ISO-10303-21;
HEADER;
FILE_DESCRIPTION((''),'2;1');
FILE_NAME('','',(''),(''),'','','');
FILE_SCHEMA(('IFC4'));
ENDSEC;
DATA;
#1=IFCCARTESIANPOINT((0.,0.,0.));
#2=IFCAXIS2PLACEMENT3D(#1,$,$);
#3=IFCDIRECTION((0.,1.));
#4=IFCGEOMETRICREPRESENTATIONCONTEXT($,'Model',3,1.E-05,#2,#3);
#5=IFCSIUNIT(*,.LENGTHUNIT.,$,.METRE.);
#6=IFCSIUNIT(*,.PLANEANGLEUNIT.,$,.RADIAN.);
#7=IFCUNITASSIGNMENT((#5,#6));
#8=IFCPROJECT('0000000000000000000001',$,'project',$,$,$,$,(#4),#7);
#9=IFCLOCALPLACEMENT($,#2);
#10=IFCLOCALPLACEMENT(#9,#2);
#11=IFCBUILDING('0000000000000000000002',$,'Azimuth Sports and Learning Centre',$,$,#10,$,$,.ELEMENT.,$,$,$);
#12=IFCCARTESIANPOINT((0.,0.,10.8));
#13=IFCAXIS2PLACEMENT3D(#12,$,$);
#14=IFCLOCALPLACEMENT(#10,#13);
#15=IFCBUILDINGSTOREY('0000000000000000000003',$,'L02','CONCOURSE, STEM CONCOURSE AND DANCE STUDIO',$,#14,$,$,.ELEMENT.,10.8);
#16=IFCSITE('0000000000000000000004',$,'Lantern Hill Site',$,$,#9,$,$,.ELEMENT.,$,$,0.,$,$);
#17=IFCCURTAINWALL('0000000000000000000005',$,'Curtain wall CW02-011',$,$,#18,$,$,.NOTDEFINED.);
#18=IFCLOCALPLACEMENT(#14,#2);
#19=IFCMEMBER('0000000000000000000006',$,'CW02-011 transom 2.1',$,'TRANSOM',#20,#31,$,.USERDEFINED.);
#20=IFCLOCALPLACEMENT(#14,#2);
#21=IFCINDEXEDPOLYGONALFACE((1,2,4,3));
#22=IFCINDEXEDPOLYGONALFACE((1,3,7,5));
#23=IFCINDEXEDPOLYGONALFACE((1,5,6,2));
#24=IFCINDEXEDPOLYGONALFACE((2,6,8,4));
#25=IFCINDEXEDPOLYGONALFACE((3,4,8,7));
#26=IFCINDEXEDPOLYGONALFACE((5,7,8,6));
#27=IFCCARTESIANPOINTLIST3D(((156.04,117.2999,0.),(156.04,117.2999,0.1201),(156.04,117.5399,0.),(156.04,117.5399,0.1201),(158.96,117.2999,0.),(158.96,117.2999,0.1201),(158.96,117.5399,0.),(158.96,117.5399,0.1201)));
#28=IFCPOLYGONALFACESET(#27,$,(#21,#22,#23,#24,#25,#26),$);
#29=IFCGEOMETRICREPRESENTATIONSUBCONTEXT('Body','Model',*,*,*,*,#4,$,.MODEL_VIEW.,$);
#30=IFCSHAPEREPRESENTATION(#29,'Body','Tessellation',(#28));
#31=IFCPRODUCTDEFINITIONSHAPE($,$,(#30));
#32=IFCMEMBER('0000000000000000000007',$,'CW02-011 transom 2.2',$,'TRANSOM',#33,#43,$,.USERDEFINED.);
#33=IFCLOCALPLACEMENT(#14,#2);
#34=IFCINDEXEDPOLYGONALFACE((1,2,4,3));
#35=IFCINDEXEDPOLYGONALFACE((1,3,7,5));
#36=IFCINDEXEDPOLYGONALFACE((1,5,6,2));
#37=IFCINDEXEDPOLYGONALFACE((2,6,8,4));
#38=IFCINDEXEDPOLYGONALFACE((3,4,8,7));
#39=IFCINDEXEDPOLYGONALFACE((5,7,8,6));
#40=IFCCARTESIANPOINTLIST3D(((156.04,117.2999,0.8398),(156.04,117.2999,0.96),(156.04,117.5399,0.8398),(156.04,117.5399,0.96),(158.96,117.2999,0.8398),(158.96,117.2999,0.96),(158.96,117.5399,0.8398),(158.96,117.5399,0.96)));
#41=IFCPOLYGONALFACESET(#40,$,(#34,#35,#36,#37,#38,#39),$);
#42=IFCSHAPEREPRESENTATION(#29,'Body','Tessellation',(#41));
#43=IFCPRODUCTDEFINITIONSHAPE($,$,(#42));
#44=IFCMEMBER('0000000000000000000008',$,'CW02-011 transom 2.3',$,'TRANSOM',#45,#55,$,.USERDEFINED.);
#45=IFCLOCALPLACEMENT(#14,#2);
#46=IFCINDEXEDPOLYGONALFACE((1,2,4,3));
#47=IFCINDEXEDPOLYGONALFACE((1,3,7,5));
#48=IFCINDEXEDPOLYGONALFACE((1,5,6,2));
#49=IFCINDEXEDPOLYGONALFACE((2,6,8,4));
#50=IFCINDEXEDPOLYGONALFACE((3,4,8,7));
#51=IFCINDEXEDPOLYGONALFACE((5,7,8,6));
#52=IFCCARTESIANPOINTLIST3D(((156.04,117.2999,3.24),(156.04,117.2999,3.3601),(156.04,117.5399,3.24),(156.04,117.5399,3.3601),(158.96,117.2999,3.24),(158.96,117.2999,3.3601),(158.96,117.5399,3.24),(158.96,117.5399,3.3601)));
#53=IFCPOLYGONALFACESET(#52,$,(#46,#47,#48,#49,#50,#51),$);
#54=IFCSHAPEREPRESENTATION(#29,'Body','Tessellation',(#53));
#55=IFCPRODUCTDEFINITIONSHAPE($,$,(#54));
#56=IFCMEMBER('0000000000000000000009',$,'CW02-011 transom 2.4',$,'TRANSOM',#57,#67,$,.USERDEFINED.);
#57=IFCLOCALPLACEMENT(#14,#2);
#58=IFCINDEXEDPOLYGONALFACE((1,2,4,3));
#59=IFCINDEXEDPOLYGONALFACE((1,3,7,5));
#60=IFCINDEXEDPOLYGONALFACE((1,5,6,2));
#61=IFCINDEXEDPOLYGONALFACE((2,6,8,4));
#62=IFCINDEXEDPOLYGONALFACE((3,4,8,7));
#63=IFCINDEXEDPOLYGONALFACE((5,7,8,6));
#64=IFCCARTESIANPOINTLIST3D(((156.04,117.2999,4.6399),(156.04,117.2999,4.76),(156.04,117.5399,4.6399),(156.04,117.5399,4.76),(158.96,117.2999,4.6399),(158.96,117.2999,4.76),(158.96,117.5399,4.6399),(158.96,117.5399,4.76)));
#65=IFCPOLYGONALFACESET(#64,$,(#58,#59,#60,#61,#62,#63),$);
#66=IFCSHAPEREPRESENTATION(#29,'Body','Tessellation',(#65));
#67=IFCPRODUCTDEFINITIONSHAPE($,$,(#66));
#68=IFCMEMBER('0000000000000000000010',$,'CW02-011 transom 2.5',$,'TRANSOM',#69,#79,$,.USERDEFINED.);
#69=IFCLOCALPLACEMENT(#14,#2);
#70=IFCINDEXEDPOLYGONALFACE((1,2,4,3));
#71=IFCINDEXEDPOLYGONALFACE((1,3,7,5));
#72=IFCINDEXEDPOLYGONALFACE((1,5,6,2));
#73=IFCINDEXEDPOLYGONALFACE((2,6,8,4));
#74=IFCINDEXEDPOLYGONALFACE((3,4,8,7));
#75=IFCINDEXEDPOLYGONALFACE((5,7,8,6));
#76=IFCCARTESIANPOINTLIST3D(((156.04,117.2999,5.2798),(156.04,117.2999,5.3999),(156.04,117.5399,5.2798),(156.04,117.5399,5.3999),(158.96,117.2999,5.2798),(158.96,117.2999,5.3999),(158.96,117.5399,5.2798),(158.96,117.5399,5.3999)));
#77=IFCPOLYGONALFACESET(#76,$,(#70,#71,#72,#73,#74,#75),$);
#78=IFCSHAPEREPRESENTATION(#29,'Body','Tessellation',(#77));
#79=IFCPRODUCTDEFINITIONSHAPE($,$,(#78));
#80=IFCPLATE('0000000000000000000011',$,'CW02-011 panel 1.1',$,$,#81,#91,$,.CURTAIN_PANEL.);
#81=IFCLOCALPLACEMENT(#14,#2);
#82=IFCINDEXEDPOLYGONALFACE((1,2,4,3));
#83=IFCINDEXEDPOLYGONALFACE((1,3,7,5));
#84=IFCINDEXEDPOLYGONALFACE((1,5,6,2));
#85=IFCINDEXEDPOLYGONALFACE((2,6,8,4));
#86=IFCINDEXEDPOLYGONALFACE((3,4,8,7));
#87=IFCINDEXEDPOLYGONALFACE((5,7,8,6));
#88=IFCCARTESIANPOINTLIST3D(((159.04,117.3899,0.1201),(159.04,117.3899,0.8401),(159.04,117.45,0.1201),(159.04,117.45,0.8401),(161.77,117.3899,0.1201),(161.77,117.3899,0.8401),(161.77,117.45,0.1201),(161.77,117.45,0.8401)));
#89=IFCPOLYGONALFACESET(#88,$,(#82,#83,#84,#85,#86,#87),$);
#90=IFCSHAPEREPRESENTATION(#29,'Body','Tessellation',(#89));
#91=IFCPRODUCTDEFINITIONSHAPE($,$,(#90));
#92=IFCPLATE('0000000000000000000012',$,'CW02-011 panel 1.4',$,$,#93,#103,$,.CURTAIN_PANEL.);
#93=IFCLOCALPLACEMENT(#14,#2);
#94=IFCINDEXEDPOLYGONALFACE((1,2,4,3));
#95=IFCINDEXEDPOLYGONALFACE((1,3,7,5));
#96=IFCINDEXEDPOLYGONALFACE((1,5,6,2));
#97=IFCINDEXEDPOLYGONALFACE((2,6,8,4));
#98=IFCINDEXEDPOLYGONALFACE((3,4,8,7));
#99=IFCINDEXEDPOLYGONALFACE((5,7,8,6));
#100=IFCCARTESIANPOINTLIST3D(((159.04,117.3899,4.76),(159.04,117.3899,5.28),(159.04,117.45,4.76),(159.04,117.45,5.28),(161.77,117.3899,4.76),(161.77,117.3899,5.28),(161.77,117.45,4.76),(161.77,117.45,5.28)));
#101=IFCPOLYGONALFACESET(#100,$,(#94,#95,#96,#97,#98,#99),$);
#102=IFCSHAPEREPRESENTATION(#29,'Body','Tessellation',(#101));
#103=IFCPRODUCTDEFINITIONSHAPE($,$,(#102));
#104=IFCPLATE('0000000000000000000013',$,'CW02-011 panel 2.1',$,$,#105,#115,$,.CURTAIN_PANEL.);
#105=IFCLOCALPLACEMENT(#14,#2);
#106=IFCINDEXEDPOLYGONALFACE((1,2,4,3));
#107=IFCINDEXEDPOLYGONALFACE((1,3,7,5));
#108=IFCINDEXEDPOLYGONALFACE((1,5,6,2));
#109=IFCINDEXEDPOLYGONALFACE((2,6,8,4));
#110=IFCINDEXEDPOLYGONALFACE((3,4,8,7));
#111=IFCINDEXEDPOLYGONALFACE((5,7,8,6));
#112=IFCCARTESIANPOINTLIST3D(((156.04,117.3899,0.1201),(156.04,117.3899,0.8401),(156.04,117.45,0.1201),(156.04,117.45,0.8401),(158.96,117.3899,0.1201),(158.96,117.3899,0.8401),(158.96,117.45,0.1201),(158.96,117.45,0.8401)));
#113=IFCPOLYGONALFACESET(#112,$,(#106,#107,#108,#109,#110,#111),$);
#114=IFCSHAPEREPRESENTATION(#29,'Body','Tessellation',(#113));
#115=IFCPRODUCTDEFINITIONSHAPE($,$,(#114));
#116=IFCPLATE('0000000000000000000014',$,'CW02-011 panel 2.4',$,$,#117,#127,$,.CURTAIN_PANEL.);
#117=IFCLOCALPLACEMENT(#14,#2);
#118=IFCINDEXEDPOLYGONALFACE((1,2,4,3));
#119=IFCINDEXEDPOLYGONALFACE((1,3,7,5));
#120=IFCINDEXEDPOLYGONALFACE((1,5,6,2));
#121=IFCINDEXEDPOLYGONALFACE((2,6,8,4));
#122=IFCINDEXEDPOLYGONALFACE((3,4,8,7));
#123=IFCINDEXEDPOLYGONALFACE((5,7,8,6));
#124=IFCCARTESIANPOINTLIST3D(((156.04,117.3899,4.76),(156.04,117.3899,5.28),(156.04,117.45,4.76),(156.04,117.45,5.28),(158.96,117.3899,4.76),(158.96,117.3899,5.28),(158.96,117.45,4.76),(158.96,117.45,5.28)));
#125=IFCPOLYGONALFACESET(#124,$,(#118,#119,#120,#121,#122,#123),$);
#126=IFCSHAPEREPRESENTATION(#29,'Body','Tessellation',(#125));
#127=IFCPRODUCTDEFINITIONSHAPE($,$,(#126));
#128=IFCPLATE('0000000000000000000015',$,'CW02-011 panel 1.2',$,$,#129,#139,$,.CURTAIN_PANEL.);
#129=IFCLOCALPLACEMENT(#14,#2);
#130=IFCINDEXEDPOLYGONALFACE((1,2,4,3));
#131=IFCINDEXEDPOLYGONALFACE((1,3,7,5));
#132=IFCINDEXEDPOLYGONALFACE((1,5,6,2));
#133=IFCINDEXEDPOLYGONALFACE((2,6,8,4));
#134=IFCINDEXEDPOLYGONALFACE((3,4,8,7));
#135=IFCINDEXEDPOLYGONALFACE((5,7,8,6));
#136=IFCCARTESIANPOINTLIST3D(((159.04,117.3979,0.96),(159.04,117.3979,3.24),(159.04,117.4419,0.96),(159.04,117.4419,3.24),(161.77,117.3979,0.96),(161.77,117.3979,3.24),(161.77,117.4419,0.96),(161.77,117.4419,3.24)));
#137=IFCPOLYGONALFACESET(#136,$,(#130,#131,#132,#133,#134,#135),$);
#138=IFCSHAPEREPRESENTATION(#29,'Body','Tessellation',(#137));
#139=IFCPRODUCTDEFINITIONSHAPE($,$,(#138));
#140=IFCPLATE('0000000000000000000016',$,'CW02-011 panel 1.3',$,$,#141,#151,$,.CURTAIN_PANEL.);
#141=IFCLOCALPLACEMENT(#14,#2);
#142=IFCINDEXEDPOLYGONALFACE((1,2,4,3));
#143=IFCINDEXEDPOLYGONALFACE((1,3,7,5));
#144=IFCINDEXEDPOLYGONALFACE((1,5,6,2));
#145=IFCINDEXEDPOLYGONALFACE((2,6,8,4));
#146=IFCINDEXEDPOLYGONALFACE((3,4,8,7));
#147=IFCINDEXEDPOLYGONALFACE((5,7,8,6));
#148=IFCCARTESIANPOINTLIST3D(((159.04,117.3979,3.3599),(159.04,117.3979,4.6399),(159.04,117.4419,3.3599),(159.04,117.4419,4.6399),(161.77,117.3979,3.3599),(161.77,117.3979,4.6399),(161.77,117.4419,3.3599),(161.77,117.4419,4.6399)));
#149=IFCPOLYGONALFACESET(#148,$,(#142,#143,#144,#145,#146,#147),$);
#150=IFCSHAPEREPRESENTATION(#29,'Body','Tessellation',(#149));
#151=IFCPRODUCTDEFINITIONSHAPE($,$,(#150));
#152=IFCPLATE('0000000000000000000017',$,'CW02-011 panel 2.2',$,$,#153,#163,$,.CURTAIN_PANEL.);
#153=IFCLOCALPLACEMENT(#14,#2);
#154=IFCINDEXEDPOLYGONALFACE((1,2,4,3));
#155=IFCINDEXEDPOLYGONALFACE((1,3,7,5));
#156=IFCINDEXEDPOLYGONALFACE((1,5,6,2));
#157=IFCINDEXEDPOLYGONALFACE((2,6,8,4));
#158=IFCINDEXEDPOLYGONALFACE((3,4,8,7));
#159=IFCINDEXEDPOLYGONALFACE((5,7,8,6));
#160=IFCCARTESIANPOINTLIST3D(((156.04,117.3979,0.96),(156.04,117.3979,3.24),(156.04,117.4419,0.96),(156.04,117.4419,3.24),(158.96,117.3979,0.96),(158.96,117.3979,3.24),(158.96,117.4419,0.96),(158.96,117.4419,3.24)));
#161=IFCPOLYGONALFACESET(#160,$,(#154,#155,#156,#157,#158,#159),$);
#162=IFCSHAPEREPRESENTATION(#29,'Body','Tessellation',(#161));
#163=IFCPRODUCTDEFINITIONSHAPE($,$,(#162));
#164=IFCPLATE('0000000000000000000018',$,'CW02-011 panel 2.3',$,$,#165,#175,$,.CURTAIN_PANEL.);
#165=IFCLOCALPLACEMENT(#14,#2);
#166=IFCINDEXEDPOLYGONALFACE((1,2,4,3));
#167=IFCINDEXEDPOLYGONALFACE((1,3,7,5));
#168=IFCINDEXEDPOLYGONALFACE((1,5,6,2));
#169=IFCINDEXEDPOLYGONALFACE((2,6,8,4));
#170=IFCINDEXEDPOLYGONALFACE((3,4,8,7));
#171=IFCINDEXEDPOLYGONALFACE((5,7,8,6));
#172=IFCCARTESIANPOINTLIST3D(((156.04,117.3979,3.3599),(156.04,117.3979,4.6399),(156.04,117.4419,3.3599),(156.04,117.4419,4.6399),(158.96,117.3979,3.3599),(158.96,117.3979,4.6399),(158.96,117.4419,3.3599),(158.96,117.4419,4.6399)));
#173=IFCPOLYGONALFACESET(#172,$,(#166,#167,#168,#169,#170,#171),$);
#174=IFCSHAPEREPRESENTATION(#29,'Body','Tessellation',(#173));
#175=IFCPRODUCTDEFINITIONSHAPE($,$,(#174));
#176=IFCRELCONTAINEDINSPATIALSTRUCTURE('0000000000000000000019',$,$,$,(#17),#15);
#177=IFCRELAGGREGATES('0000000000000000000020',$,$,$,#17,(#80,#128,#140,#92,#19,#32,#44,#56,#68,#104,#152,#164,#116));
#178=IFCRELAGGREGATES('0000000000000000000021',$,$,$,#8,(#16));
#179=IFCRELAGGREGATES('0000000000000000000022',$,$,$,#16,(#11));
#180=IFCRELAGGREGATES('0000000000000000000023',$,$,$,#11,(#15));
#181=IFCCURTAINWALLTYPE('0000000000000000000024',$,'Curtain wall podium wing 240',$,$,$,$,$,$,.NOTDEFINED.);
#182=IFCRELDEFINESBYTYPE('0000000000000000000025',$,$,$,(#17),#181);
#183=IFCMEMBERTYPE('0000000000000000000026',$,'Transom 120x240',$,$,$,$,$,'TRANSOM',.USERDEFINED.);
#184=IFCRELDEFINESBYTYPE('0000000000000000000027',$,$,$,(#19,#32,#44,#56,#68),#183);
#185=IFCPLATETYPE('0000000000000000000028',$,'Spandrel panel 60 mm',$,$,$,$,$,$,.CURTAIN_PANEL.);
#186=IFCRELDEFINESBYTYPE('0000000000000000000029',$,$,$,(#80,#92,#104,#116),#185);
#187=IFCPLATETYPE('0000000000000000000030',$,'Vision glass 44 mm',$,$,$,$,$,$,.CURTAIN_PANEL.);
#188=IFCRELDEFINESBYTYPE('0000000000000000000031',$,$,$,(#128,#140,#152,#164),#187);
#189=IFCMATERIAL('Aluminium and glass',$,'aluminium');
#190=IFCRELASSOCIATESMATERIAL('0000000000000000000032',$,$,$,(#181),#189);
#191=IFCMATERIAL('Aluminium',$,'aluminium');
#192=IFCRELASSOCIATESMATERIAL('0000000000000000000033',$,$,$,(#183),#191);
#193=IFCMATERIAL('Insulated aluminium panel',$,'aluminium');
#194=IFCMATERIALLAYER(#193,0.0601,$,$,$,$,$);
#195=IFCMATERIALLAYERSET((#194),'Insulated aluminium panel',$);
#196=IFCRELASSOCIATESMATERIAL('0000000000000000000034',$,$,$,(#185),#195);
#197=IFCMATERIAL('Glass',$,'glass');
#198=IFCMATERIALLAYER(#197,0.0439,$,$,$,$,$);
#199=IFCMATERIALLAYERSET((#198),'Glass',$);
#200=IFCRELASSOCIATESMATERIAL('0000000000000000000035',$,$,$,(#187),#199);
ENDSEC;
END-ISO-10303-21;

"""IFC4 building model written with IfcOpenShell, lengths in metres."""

from ifc_helpers import new_model, si_unit, direction, frame, origin, origin_2d, place, context, subcontext, project, spatial, rectangle, extrude, material, layer, layer_set, material_profile, profile_set, type_object, element, aggregate, save


model = new_model("IFC4")

# Units and contexts
model_context = context("Model", 3, precision=1e-05, world=origin(), true_north=direction((0.0, 1.0)))
body_context = subcontext(model_context, "Body", "Model", "MODEL_VIEW")
ifc_project = project(units=[si_unit("LENGTHUNIT", "METRE"), si_unit("PLANEANGLEUNIT", "RADIAN")], contexts=[model_context])

# Site, building, storey
site_placement = place(None, origin())
site = spatial("IfcSite", under=ifc_project, at=site_placement, Name="Lantern Hill Site", CompositionType="ELEMENT", RefElevation=0.0)
building_placement = place(site_placement, origin())
building = spatial("IfcBuilding", under=site, at=building_placement, Name="Azimuth Sports and Learning Centre", CompositionType="ELEMENT")
storey_placement = place(building_placement, frame((0.0, 0.0, 10.8)))
storey = spatial("IfcBuildingStorey", under=building, at=storey_placement, Name="L02", Description="CONCOURSE, STEM CONCOURSE AND DANCE STUDIO", CompositionType="ELEMENT", Elevation=10.8)

# Curtain wall, members, plates
ifc_material_1 = material(Name="Aluminium and glass", Category="aluminium")
curtain_wall_type = type_object("IfcCurtainWallType", Name="Curtain wall podium wing 240", PredefinedType="NOTDEFINED", material=ifc_material_1)
curtain_wall_placement = place(storey_placement, origin())
curtain_wall = element("IfcCurtainWall", 1, at=curtain_wall_placement, inside=storey, type_object=curtain_wall_type, Name="Curtain wall CW02-011", PredefinedType="NOTDEFINED")
ifc_material_2 = material(Name="Aluminium", Category="aluminium")
ifc_material_profile_1 = material_profile(ifc_material_2, rectangle(XDim=0.24, YDim=0.1201, at=origin_2d()), Name="Transom 120x240")
ifc_profile_set_1 = profile_set([ifc_material_profile_1], Name="Aluminium")
member_type_1 = type_object("IfcMemberType", Name="Transom 120x240", ElementType="TRANSOM", PredefinedType="USERDEFINED", material=ifc_profile_set_1)
member_1_placement = place(storey_placement, frame((158.96, 117.4199, 0.0601), z_axis=(-1.0, 0.0, 0.0), x_axis=(0.0, -1.0, 0.0)))
member_1 = element("IfcMember", 2, at=member_1_placement, type_object=member_type_1, Name="CW02-011 transom 2.1", ObjectType="TRANSOM", PredefinedType="USERDEFINED", context=body_context, shape_type="SweptSolid", body=[
    extrude(rectangle(XDim=0.24, YDim=0.1201, at=origin_2d()), origin(), (0.0, 0.0, 1.0), 2.9199),
])
member_2_placement = place(storey_placement, frame((158.96, 117.4199, 0.8999), z_axis=(-1.0, 0.0, 0.0), x_axis=(0.0, -1.0, 0.0)))
member_2 = element("IfcMember", 3, at=member_2_placement, type_object=member_type_1, Name="CW02-011 transom 2.2", ObjectType="TRANSOM", PredefinedType="USERDEFINED", context=body_context, shape_type="SweptSolid", body=[
    extrude(rectangle(XDim=0.24, YDim=0.1201, at=origin_2d()), origin(), (0.0, 0.0, 1.0), 2.9199),
])
member_3_placement = place(storey_placement, frame((158.96, 117.4199, 3.3), z_axis=(-1.0, 0.0, 0.0), x_axis=(0.0, -1.0, 0.0)))
member_3 = element("IfcMember", 4, at=member_3_placement, type_object=member_type_1, Name="CW02-011 transom 2.3", ObjectType="TRANSOM", PredefinedType="USERDEFINED", context=body_context, shape_type="SweptSolid", body=[
    extrude(rectangle(XDim=0.24, YDim=0.1201, at=origin_2d()), origin(), (0.0, 0.0, 1.0), 2.9199),
])
member_4_placement = place(storey_placement, frame((158.96, 117.4199, 4.7), z_axis=(-1.0, 0.0, 0.0), x_axis=(0.0, -1.0, 0.0)))
member_4 = element("IfcMember", 5, at=member_4_placement, type_object=member_type_1, Name="CW02-011 transom 2.4", ObjectType="TRANSOM", PredefinedType="USERDEFINED", context=body_context, shape_type="SweptSolid", body=[
    extrude(rectangle(XDim=0.24, YDim=0.1201, at=origin_2d()), origin(), (0.0, 0.0, 1.0), 2.9199),
])
member_5_placement = place(storey_placement, frame((158.96, 117.4199, 5.3398), z_axis=(-1.0, 0.0, 0.0), x_axis=(0.0, -1.0, 0.0)))
member_5 = element("IfcMember", 6, at=member_5_placement, type_object=member_type_1, Name="CW02-011 transom 2.5", ObjectType="TRANSOM", PredefinedType="USERDEFINED", context=body_context, shape_type="SweptSolid", body=[
    extrude(rectangle(XDim=0.24, YDim=0.1201, at=origin_2d()), origin(), (0.0, 0.0, 1.0), 2.9199),
])
ifc_material_3 = material(Name="Insulated aluminium panel", Category="aluminium")
ifc_layer_1 = layer(ifc_material_3, 0.0601)
ifc_layer_set_1 = layer_set([ifc_layer_1], Name="Insulated aluminium panel")
plate_type_1 = type_object("IfcPlateType", Name="Spandrel panel 60 mm", PredefinedType="CURTAIN_PANEL", material=ifc_layer_set_1)
plate_1_placement = place(storey_placement, frame((160.405, 117.4199, 0.1201), z_axis=(0.0, 0.0, 1.0), x_axis=(-1.0, 0.0, 0.0)))
plate_1 = element("IfcPlate", 7, at=plate_1_placement, type_object=plate_type_1, Name="CW02-011 panel 1.1", PredefinedType="CURTAIN_PANEL", context=body_context, shape_type="SweptSolid", body=[
    extrude(rectangle(XDim=2.73, YDim=0.0601, at=origin_2d()), origin(), (0.0, 0.0, 1.0), 0.72),
])
plate_2_placement = place(storey_placement, frame((160.405, 117.4199, 4.76), z_axis=(0.0, 0.0, 1.0), x_axis=(-1.0, 0.0, 0.0)))
plate_2 = element("IfcPlate", 8, at=plate_2_placement, type_object=plate_type_1, Name="CW02-011 panel 1.4", PredefinedType="CURTAIN_PANEL", context=body_context, shape_type="SweptSolid", body=[
    extrude(rectangle(XDim=2.73, YDim=0.0601, at=origin_2d()), origin(), (0.0, 0.0, 1.0), 0.52),
])
plate_3_placement = place(storey_placement, frame((157.5, 117.4199, 0.1201), z_axis=(0.0, 0.0, 1.0), x_axis=(-1.0, 0.0, 0.0)))
plate_3 = element("IfcPlate", 9, at=plate_3_placement, type_object=plate_type_1, Name="CW02-011 panel 2.1", PredefinedType="CURTAIN_PANEL", context=body_context, shape_type="SweptSolid", body=[
    extrude(rectangle(XDim=2.9199, YDim=0.0601, at=origin_2d()), origin(), (0.0, 0.0, 1.0), 0.72),
])
plate_4_placement = place(storey_placement, frame((157.5, 117.4199, 4.76), z_axis=(0.0, 0.0, 1.0), x_axis=(-1.0, 0.0, 0.0)))
plate_4 = element("IfcPlate", 10, at=plate_4_placement, type_object=plate_type_1, Name="CW02-011 panel 2.4", PredefinedType="CURTAIN_PANEL", context=body_context, shape_type="SweptSolid", body=[
    extrude(rectangle(XDim=2.9199, YDim=0.0601, at=origin_2d()), origin(), (0.0, 0.0, 1.0), 0.52),
])
ifc_material_4 = material(Name="Glass", Category="glass")
ifc_layer_2 = layer(ifc_material_4, 0.0439)
ifc_layer_set_2 = layer_set([ifc_layer_2], Name="Glass")
plate_type_2 = type_object("IfcPlateType", Name="Vision glass 44 mm", PredefinedType="CURTAIN_PANEL", material=ifc_layer_set_2)
plate_5_placement = place(storey_placement, frame((160.405, 117.4199, 0.96), z_axis=(0.0, 0.0, 1.0), x_axis=(-1.0, 0.0, 0.0)))
plate_5 = element("IfcPlate", 11, at=plate_5_placement, type_object=plate_type_2, Name="CW02-011 panel 1.2", PredefinedType="CURTAIN_PANEL", context=body_context, shape_type="SweptSolid", body=[
    extrude(rectangle(XDim=2.73, YDim=0.0439, at=origin_2d()), origin(), (0.0, 0.0, 1.0), 2.28),
])
plate_6_placement = place(storey_placement, frame((160.405, 117.4199, 3.3599), z_axis=(0.0, 0.0, 1.0), x_axis=(-1.0, 0.0, 0.0)))
plate_6 = element("IfcPlate", 12, at=plate_6_placement, type_object=plate_type_2, Name="CW02-011 panel 1.3", PredefinedType="CURTAIN_PANEL", context=body_context, shape_type="SweptSolid", body=[
    extrude(rectangle(XDim=2.73, YDim=0.0439, at=origin_2d()), origin(), (0.0, 0.0, 1.0), 1.28),
])
plate_7_placement = place(storey_placement, frame((157.5, 117.4199, 0.96), z_axis=(0.0, 0.0, 1.0), x_axis=(-1.0, 0.0, 0.0)))
plate_7 = element("IfcPlate", 13, at=plate_7_placement, type_object=plate_type_2, Name="CW02-011 panel 2.2", PredefinedType="CURTAIN_PANEL", context=body_context, shape_type="SweptSolid", body=[
    extrude(rectangle(XDim=2.9199, YDim=0.0439, at=origin_2d()), origin(), (0.0, 0.0, 1.0), 2.28),
])
plate_8_placement = place(storey_placement, frame((157.5, 117.4199, 3.3599), z_axis=(0.0, 0.0, 1.0), x_axis=(-1.0, 0.0, 0.0)))
plate_8 = element("IfcPlate", 14, at=plate_8_placement, type_object=plate_type_2, Name="CW02-011 panel 2.3", PredefinedType="CURTAIN_PANEL", context=body_context, shape_type="SweptSolid", body=[
    extrude(rectangle(XDim=2.9199, YDim=0.0439, at=origin_2d()), origin(), (0.0, 0.0, 1.0), 1.28),
])
aggregate(curtain_wall, [plate_1, plate_5, plate_6, plate_2, member_1, member_2, member_3, member_4, member_5, plate_3, plate_7, plate_8, plate_4])

save(model, "model.ifc")
